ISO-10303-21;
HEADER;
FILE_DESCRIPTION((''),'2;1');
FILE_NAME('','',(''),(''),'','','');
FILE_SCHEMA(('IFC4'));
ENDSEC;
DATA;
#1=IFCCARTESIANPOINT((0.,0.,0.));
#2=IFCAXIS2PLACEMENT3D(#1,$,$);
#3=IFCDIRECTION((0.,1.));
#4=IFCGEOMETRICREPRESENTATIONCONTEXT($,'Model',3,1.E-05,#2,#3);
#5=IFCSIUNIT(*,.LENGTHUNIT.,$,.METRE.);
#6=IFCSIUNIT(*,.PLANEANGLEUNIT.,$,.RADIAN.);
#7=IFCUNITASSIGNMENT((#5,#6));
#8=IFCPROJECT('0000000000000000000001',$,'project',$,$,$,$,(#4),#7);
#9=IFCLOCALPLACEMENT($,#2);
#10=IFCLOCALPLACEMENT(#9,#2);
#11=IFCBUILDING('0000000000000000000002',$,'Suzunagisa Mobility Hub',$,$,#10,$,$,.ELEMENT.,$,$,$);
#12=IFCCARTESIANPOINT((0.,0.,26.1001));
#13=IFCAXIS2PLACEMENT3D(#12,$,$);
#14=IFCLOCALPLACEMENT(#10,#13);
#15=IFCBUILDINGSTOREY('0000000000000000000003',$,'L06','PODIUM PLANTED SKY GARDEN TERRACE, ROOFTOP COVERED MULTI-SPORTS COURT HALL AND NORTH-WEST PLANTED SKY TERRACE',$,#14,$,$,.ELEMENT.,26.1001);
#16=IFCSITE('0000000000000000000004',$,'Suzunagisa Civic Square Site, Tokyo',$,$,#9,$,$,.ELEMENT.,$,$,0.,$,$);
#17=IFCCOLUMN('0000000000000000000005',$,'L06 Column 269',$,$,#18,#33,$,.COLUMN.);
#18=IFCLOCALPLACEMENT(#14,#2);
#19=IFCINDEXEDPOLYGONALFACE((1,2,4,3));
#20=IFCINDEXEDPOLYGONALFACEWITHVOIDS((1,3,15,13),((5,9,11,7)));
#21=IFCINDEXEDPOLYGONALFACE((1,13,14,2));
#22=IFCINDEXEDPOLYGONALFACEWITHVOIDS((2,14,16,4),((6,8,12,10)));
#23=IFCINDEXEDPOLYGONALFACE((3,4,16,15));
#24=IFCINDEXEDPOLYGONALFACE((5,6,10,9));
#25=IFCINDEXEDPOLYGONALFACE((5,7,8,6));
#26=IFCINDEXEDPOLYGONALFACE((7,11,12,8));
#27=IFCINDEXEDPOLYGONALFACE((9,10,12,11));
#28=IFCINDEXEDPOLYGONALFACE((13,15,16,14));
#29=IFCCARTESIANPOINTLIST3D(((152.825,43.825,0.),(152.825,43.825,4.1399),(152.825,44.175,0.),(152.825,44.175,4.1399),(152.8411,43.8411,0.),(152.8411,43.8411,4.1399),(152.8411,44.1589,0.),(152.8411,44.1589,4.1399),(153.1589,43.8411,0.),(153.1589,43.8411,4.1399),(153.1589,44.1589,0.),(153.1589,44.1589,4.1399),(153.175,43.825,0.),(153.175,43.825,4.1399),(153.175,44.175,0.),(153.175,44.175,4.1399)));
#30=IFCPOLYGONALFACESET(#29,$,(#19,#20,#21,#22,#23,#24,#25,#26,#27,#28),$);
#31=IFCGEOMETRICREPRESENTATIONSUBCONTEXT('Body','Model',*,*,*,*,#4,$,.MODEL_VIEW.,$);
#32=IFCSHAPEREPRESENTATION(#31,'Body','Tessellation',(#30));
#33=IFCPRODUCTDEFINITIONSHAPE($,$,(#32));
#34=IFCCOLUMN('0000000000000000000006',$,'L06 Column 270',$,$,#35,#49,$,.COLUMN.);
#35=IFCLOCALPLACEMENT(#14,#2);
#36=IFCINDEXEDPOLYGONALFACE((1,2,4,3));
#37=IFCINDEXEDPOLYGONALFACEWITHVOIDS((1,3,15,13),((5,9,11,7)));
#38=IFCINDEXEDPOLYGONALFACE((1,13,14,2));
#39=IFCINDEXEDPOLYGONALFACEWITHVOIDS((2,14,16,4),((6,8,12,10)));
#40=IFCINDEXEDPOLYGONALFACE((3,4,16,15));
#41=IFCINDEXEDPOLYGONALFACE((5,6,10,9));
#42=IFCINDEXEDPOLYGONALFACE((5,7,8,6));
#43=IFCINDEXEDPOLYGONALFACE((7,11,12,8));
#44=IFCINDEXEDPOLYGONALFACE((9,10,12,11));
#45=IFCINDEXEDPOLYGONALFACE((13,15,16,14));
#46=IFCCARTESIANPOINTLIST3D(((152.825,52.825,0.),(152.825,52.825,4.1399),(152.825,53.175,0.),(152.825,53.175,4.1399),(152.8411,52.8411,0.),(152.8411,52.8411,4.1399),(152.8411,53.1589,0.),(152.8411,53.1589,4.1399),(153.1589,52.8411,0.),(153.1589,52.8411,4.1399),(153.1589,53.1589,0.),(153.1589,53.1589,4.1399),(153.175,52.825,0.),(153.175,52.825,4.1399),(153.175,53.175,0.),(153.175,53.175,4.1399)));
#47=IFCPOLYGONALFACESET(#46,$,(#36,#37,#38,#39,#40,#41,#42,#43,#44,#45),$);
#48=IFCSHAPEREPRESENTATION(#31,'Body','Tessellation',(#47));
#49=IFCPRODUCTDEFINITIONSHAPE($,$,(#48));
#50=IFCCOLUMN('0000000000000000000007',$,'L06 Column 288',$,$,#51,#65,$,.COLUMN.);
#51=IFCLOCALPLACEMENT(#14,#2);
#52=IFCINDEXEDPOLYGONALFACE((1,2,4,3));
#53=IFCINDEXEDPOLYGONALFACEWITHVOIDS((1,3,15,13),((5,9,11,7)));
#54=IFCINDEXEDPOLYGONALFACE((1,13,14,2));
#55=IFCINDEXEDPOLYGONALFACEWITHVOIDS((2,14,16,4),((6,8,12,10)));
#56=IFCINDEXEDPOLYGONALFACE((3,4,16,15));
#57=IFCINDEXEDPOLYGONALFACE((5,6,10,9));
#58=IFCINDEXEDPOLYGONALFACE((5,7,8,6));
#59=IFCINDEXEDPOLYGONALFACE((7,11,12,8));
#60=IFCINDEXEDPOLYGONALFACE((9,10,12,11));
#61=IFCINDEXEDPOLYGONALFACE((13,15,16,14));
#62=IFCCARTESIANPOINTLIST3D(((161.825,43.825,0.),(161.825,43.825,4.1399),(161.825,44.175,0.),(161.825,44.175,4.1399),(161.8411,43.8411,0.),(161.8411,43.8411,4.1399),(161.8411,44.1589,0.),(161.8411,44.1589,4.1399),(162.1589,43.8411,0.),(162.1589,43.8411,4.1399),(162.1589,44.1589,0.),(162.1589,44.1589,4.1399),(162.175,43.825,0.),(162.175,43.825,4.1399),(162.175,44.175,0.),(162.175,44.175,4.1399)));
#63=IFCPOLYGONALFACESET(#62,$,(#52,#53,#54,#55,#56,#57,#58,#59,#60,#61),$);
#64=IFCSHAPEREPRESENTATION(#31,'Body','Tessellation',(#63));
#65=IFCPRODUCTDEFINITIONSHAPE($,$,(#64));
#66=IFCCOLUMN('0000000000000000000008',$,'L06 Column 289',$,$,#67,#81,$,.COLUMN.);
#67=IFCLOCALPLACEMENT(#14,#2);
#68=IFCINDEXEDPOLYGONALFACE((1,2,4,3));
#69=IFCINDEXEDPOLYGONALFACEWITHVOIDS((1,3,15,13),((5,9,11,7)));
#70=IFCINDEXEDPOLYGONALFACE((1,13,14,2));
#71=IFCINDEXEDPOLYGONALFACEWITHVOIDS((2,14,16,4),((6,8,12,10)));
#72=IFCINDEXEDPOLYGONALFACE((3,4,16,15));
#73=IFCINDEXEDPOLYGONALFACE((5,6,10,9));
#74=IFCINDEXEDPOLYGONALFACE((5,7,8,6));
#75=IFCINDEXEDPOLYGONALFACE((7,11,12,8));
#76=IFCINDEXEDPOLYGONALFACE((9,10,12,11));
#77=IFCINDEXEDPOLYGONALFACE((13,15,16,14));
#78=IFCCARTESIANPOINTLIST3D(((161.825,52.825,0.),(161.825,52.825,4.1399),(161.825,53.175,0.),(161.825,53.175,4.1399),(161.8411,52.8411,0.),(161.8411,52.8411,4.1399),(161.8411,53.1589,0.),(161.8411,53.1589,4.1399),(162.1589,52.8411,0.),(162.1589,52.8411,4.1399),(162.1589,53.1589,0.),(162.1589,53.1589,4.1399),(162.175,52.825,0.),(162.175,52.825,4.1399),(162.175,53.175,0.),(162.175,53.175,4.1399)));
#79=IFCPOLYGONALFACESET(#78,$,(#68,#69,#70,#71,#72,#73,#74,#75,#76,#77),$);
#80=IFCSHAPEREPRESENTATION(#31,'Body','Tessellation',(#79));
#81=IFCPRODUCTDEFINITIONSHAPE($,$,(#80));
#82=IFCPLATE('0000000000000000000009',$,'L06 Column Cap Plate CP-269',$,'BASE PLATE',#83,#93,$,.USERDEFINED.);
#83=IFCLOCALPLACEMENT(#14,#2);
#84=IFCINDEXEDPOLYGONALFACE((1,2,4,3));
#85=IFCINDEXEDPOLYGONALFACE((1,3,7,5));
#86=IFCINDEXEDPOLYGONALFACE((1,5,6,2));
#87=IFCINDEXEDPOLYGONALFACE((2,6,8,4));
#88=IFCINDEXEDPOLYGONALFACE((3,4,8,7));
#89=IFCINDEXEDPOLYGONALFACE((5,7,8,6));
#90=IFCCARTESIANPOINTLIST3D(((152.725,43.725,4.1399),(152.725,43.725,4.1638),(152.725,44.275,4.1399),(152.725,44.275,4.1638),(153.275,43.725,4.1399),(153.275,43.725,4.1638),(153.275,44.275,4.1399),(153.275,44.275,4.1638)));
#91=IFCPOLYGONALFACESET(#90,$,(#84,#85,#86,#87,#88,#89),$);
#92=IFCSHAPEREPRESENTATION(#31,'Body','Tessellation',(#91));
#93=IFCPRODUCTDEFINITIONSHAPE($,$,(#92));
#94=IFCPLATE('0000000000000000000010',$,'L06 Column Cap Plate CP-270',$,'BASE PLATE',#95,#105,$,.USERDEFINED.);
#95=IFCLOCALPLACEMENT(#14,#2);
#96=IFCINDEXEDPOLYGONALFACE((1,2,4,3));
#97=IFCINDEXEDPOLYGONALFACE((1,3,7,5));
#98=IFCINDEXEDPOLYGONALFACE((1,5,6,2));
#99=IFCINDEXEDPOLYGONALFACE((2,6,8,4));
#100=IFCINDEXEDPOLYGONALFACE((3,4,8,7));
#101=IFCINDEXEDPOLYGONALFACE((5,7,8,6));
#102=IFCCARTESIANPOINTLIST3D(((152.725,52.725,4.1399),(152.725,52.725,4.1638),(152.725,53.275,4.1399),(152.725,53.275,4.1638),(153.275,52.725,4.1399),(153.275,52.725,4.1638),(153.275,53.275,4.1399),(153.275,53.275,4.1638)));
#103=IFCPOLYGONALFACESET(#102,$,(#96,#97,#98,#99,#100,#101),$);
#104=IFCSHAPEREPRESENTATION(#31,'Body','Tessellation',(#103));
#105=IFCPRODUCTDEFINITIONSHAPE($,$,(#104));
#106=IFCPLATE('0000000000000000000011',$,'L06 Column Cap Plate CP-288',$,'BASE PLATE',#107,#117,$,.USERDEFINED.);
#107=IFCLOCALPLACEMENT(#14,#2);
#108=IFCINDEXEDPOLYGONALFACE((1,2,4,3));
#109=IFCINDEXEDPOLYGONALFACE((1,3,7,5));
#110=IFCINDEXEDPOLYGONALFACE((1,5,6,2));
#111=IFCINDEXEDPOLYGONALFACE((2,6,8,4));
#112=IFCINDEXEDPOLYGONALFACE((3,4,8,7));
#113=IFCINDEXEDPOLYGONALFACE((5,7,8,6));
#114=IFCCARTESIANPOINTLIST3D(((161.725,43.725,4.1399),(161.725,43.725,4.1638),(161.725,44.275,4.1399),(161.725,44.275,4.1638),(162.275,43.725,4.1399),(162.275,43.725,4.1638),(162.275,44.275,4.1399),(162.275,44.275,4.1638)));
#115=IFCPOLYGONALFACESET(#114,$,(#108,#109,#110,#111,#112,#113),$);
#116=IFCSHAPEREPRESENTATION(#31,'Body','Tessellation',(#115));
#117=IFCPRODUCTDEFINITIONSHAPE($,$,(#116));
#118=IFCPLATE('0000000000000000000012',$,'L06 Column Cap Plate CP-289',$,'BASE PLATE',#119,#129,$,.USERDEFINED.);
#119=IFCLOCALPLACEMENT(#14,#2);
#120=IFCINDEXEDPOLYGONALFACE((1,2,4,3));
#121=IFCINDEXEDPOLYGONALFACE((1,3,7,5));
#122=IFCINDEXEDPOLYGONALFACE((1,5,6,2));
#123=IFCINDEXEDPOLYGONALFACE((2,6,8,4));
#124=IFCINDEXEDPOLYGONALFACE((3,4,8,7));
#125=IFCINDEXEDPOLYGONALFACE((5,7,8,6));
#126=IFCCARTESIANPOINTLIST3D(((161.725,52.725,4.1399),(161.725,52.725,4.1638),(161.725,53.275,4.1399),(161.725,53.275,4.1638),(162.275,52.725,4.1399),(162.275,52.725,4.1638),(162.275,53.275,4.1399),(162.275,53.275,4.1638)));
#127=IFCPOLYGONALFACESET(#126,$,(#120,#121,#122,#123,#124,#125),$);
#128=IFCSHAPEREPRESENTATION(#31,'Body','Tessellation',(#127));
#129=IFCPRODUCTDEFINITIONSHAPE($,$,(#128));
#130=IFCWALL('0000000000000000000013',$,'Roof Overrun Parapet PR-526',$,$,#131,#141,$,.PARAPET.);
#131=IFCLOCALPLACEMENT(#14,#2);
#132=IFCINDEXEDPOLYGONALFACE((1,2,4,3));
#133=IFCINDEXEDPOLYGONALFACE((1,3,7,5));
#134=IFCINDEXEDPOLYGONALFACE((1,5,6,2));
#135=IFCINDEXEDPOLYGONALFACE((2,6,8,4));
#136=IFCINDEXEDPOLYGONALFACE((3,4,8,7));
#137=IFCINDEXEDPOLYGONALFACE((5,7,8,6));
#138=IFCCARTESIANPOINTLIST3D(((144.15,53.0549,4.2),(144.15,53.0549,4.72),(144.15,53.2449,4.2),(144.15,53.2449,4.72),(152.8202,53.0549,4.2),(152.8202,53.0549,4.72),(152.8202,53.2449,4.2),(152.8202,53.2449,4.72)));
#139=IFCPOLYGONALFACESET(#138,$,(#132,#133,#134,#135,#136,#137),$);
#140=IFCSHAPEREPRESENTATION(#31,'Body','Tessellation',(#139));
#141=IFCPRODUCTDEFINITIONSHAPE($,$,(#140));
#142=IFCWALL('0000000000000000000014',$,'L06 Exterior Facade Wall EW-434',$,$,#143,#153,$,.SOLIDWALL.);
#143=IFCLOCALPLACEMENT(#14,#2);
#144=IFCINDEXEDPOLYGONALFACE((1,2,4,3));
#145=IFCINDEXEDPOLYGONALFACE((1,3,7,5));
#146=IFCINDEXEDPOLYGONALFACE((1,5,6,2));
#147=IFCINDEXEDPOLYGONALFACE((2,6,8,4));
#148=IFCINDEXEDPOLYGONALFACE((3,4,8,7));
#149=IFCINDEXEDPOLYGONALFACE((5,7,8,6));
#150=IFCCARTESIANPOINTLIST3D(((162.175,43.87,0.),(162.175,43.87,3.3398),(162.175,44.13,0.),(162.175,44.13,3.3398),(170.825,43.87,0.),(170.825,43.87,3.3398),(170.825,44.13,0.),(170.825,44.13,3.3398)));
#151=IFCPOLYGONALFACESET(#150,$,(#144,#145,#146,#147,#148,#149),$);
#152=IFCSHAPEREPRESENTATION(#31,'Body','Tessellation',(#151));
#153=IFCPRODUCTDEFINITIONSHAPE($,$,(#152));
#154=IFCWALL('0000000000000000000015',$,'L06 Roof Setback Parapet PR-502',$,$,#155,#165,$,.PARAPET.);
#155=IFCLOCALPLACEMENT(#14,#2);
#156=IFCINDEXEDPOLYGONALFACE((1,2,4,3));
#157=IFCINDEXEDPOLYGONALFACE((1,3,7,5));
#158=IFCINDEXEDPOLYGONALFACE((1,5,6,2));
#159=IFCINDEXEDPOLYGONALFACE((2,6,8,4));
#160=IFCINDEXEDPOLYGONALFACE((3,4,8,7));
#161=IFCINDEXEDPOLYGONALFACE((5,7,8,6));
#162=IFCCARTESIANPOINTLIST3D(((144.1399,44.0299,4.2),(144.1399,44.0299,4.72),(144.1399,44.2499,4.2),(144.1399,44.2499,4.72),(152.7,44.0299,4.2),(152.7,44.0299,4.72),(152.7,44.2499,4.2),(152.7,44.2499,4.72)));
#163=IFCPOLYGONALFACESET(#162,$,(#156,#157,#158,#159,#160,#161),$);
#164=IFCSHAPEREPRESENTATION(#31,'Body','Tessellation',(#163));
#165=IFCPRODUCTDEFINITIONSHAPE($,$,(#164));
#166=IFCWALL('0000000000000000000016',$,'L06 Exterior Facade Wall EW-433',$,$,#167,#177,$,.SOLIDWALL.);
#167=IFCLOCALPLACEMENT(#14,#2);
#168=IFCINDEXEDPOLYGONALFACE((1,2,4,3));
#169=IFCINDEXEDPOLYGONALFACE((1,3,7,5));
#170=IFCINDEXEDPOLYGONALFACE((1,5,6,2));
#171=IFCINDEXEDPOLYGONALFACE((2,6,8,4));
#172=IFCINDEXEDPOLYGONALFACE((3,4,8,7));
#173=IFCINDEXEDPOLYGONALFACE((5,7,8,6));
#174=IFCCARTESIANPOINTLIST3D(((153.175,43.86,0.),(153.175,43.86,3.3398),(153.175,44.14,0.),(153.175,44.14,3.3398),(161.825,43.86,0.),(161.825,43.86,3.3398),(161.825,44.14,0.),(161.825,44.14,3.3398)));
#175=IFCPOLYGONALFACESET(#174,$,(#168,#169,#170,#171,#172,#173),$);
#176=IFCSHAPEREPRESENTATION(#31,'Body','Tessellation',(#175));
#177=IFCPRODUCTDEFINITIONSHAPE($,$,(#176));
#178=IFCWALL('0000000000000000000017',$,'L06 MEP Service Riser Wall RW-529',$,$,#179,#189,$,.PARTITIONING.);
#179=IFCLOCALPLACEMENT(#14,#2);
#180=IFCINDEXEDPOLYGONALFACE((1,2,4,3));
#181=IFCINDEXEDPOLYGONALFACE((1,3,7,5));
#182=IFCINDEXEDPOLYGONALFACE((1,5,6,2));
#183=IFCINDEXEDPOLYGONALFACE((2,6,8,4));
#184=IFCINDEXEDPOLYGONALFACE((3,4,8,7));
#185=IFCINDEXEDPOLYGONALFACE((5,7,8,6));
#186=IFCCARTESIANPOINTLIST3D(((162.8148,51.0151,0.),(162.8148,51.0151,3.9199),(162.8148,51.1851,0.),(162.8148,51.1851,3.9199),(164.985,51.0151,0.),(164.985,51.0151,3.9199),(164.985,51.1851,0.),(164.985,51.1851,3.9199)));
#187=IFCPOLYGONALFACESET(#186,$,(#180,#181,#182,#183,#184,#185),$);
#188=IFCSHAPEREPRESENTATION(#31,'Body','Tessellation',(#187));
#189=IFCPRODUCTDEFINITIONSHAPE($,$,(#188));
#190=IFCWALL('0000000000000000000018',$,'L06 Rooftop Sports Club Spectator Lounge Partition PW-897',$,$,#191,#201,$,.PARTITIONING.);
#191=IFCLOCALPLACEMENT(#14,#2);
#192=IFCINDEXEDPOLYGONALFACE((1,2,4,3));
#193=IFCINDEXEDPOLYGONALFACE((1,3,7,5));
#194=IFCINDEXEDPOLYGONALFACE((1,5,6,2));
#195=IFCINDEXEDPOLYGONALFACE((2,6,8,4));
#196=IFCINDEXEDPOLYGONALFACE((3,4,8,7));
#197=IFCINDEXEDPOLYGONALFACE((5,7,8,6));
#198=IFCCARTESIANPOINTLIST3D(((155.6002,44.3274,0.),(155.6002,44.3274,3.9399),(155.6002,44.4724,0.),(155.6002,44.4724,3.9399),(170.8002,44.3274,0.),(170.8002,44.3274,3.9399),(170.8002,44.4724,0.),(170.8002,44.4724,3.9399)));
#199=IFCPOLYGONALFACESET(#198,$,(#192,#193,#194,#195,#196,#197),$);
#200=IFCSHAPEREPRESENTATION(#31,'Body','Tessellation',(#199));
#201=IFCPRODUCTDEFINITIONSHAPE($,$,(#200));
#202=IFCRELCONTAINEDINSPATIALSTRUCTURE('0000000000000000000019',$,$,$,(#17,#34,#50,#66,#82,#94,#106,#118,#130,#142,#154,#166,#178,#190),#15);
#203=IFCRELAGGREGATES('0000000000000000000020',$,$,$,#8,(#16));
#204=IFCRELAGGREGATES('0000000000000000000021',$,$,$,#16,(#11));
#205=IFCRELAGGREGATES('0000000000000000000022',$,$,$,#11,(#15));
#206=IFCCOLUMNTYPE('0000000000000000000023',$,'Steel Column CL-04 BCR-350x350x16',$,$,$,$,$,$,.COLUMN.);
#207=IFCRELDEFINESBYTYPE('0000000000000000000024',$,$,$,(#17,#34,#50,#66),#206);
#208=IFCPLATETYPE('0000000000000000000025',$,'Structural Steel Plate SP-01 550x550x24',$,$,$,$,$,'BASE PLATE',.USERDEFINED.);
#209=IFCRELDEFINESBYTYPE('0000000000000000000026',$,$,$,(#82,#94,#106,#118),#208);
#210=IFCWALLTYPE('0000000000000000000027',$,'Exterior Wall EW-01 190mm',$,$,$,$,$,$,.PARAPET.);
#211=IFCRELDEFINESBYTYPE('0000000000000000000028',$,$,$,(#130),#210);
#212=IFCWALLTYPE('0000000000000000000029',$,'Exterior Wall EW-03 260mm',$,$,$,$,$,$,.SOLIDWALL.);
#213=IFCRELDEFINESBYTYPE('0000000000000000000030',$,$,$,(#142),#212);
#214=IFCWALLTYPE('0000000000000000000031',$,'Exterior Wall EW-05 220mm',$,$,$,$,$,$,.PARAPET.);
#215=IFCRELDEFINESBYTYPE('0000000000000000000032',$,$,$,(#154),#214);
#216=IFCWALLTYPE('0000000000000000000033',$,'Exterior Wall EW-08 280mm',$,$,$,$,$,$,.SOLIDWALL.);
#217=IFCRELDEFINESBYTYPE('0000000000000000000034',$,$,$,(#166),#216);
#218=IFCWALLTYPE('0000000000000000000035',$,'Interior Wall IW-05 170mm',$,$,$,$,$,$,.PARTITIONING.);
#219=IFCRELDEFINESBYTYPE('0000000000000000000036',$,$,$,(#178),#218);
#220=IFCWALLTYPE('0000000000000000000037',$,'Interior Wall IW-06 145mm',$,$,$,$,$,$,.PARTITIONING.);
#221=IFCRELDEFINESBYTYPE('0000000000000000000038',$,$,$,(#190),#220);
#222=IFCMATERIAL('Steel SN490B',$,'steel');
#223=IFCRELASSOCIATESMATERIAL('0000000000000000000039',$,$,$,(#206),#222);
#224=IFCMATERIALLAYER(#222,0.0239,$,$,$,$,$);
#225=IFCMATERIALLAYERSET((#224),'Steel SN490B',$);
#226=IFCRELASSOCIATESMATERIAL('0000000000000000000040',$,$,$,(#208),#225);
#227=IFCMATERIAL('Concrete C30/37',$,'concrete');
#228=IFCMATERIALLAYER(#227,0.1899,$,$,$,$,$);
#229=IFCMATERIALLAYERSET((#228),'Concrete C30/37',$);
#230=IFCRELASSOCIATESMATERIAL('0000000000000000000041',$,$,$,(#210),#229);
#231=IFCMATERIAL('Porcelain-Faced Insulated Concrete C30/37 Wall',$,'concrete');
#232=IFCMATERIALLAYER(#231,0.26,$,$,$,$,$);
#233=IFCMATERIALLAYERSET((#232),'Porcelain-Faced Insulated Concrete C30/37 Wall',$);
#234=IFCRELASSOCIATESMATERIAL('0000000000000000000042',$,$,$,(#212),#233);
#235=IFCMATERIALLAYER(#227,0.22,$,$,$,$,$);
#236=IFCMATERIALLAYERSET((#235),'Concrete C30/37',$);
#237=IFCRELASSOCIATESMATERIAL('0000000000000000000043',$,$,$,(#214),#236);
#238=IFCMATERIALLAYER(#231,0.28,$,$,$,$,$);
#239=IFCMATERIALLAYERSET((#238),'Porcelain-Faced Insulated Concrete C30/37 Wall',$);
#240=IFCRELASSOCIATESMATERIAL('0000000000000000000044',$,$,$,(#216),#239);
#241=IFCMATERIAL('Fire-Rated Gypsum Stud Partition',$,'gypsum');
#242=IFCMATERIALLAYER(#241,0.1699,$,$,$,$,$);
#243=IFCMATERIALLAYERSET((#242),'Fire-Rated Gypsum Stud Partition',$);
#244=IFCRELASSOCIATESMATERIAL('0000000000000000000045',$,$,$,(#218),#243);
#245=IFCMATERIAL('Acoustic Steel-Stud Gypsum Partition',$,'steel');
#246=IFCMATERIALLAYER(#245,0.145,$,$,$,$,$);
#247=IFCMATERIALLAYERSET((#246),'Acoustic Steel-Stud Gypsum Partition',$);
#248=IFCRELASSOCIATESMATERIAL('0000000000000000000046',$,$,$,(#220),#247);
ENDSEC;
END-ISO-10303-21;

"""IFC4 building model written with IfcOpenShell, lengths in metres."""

from ifc_helpers import new_model, si_unit, direction, frame, frame_2d, origin, origin_2d, place, context, subcontext, project, spatial, rectangle, hollow_rectangle, extrude, material, layer, layer_set, material_profile, profile_set, type_object, element, save


model = new_model("IFC4")

# Units and contexts
model_context = context("Model", 3, precision=1e-05, world=origin(), true_north=direction((0.0, 1.0)))
body_context = subcontext(model_context, "Body", "Model", "MODEL_VIEW")
ifc_project = project(units=[si_unit("LENGTHUNIT", "METRE"), si_unit("PLANEANGLEUNIT", "RADIAN")], contexts=[model_context])

# Site, building, storey
site_placement = place(None, origin())
site = spatial("IfcSite", under=ifc_project, at=site_placement, Name="Suzunagisa Civic Square Site, Tokyo", CompositionType="ELEMENT", RefElevation=0.0)
building_placement = place(site_placement, origin())
building = spatial("IfcBuilding", under=site, at=building_placement, Name="Suzunagisa Mobility Hub", CompositionType="ELEMENT")
storey_placement = place(building_placement, frame((0.0, 0.0, 26.1001)))
storey = spatial("IfcBuildingStorey", under=building, at=storey_placement, Name="L06", Description="PODIUM PLANTED SKY GARDEN TERRACE, ROOFTOP COVERED MULTI-SPORTS COURT HALL AND NORTH-WEST PLANTED SKY TERRACE", CompositionType="ELEMENT", Elevation=26.1001)

# Columns
ifc_material_1 = material(Name="Steel SN490B", Category="steel")
ifc_material_profile = material_profile(ifc_material_1, hollow_rectangle(XDim=0.3501, YDim=0.3501, WallThickness=0.0161, at=origin_2d()), Name="BCR-350x350x16")
ifc_profile_set = profile_set([ifc_material_profile], Name="Steel SN490B")
column_type = type_object("IfcColumnType", Name="Steel Column CL-04 BCR-350x350x16", PredefinedType="COLUMN", material=ifc_profile_set)
for number, where, z_axis, x_axis, name in (
    (1, (153.0, 44.0, 0.0), (0.0, 0.0, 1.0), (1.0, 0.0, 0.0), "L06 Column 269"),
    (2, (153.0, 53.0, 0.0), (0.0, 0.0, 1.0), (1.0, 0.0, 0.0), "L06 Column 270"),
    (3, (162.0, 44.0, 0.0), (0.0, 0.0, 1.0), (1.0, 0.0, 0.0), "L06 Column 288"),
    (4, (162.0, 53.0, 0.0), (0.0, 0.0, 1.0), (1.0, 0.0, 0.0), "L06 Column 289"),
):
    element("IfcColumn", number, at=place(storey_placement, frame(where, z_axis=z_axis, x_axis=x_axis)), inside=storey, type_object=column_type, Name=name, PredefinedType="COLUMN", context=body_context, shape_type="SweptSolid", body=[
        extrude(hollow_rectangle(XDim=0.3501, YDim=0.3501, WallThickness=0.0161, at=origin_2d()), origin(), (0.0, 0.0, 1.0), 4.1399),
    ])

# Plates
ifc_layer_1 = layer(ifc_material_1, 0.0239)
ifc_layer_set_1 = layer_set([ifc_layer_1], Name="Steel SN490B")
plate_type = type_object("IfcPlateType", Name="Structural Steel Plate SP-01 550x550x24", ElementType="BASE PLATE", PredefinedType="USERDEFINED", material=ifc_layer_set_1)
for number, where, z_axis, x_axis, name in (
    (5, (153.0, 44.0, 4.1399), (0.0, 0.0, 1.0), (1.0, 0.0, 0.0), "L06 Column Cap Plate CP-269"),
    (6, (153.0, 53.0, 4.1399), (0.0, 0.0, 1.0), (1.0, 0.0, 0.0), "L06 Column Cap Plate CP-270"),
    (7, (162.0, 44.0, 4.1399), (0.0, 0.0, 1.0), (1.0, 0.0, 0.0), "L06 Column Cap Plate CP-288"),
    (8, (162.0, 53.0, 4.1399), (0.0, 0.0, 1.0), (1.0, 0.0, 0.0), "L06 Column Cap Plate CP-289"),
):
    element("IfcPlate", number, at=place(storey_placement, frame(where, z_axis=z_axis, x_axis=x_axis)), inside=storey, type_object=plate_type, Name=name, ObjectType="BASE PLATE", PredefinedType="USERDEFINED", context=body_context, shape_type="SweptSolid", body=[
        extrude(rectangle(XDim=0.55, YDim=0.55, at=origin_2d()), origin(), (0.0, 0.0, 1.0), 0.0239),
    ])

# Walls
ifc_material_2 = material(Name="Concrete C30/37", Category="concrete")
ifc_layer_2 = layer(ifc_material_2, 0.1899)
ifc_layer_set_2 = layer_set([ifc_layer_2], Name="Concrete C30/37")
wall_type_1 = type_object("IfcWallType", Name="Exterior Wall EW-01 190mm", PredefinedType="PARAPET", material=ifc_layer_set_2)
wall_1_placement = place(storey_placement, frame((152.8201, 53.1499, 4.2), z_axis=(0.0, 0.0, 1.0), x_axis=(-1.0, 0.0, 0.0)))
element("IfcWall", 9, at=wall_1_placement, inside=storey, type_object=wall_type_1, Name="Roof Overrun Parapet PR-526", PredefinedType="PARAPET", context=body_context, shape_type="SweptSolid", body=[
    extrude(rectangle(XDim=8.6702, YDim=0.1899, at=frame_2d((4.335, 0.0))), origin(), (0.0, 0.0, 1.0), 0.52),
])
ifc_material_3 = material(Name="Porcelain-Faced Insulated Concrete C30/37 Wall", Category="concrete")
ifc_layer_3 = layer(ifc_material_3, 0.26)
ifc_layer_set_3 = layer_set([ifc_layer_3], Name="Porcelain-Faced Insulated Concrete C30/37 Wall")
wall_type_2 = type_object("IfcWallType", Name="Exterior Wall EW-03 260mm", PredefinedType="SOLIDWALL", material=ifc_layer_set_3)
wall_2_placement = place(storey_placement, frame((162.175, 44.0, 0.0), z_axis=(0.0, 0.0, 1.0), x_axis=(1.0, 0.0, 0.0)))
element("IfcWall", 10, at=wall_2_placement, inside=storey, type_object=wall_type_2, Name="L06 Exterior Facade Wall EW-434", PredefinedType="SOLIDWALL", context=body_context, shape_type="SweptSolid", body=[
    extrude(rectangle(XDim=8.6499, YDim=0.26, at=frame_2d((4.325, 0.0))), origin(), (0.0, 0.0, 1.0), 3.3398),
])
ifc_layer_4 = layer(ifc_material_2, 0.22)
ifc_layer_set_4 = layer_set([ifc_layer_4], Name="Concrete C30/37")
wall_type_3 = type_object("IfcWallType", Name="Exterior Wall EW-05 220mm", PredefinedType="PARAPET", material=ifc_layer_set_4)
wall_3_placement = place(storey_placement, frame((152.7, 44.1399, 4.2), z_axis=(0.0, 0.0, 1.0), x_axis=(-1.0, 0.0, 0.0)))
element("IfcWall", 11, at=wall_3_placement, inside=storey, type_object=wall_type_3, Name="L06 Roof Setback Parapet PR-502", PredefinedType="PARAPET", context=body_context, shape_type="SweptSolid", body=[
    extrude(rectangle(XDim=8.5601, YDim=0.22, at=frame_2d((4.28, 0.0))), origin(), (0.0, 0.0, 1.0), 0.52),
])
ifc_layer_5 = layer(ifc_material_3, 0.28)
ifc_layer_set_5 = layer_set([ifc_layer_5], Name="Porcelain-Faced Insulated Concrete C30/37 Wall")
wall_type_4 = type_object("IfcWallType", Name="Exterior Wall EW-08 280mm", PredefinedType="SOLIDWALL", material=ifc_layer_set_5)
wall_4_placement = place(storey_placement, frame((153.175, 44.0, 0.0), z_axis=(0.0, 0.0, 1.0), x_axis=(1.0, 0.0, 0.0)))
element("IfcWall", 12, at=wall_4_placement, inside=storey, type_object=wall_type_4, Name="L06 Exterior Facade Wall EW-433", PredefinedType="SOLIDWALL", context=body_context, shape_type="SweptSolid", body=[
    extrude(rectangle(XDim=8.6499, YDim=0.28, at=frame_2d((4.325, 0.0))), origin(), (0.0, 0.0, 1.0), 3.3398),
])
ifc_material_4 = material(Name="Fire-Rated Gypsum Stud Partition", Category="gypsum")
ifc_layer_6 = layer(ifc_material_4, 0.1699)
ifc_layer_set_6 = layer_set([ifc_layer_6], Name="Fire-Rated Gypsum Stud Partition")
wall_type_5 = type_object("IfcWallType", Name="Interior Wall IW-05 170mm", PredefinedType="PARTITIONING", material=ifc_layer_set_6)
wall_5_placement = place(storey_placement, frame((162.8149, 51.1001, 0.0), z_axis=(0.0, 0.0, 1.0), x_axis=(1.0, 0.0, 0.0)))
element("IfcWall", 13, at=wall_5_placement, inside=storey, type_object=wall_type_5, Name="L06 MEP Service Riser Wall RW-529", PredefinedType="PARTITIONING", context=body_context, shape_type="SweptSolid", body=[
    extrude(rectangle(XDim=2.1702, YDim=0.1699, at=frame_2d((1.085, 0.0))), origin(), (0.0, 0.0, 1.0), 3.9199),
])
ifc_material_5 = material(Name="Acoustic Steel-Stud Gypsum Partition", Category="steel")
ifc_layer_7 = layer(ifc_material_5, 0.145)
ifc_layer_set_7 = layer_set([ifc_layer_7], Name="Acoustic Steel-Stud Gypsum Partition")
wall_type_6 = type_object("IfcWallType", Name="Interior Wall IW-06 145mm", PredefinedType="PARTITIONING", material=ifc_layer_set_7)
for number, where, z_axis, x_axis, name in (
    (14, (155.6001, 44.3999, 0.0), (0.0, 0.0, 1.0), (1.0, 0.0, 0.0), "L06 Rooftop Sports Club Spectator Lounge Partition PW-897"),
):
    element("IfcWall", number, at=place(storey_placement, frame(where, z_axis=z_axis, x_axis=x_axis)), inside=storey, type_object=wall_type_6, Name=name, PredefinedType="PARTITIONING", context=body_context, shape_type="SweptSolid", body=[
        extrude(rectangle(XDim=15.2, YDim=0.145, at=frame_2d((7.6001, 0.0))), origin(), (0.0, 0.0, 1.0), 3.9399),
    ])

save(model, "model.ifc")
